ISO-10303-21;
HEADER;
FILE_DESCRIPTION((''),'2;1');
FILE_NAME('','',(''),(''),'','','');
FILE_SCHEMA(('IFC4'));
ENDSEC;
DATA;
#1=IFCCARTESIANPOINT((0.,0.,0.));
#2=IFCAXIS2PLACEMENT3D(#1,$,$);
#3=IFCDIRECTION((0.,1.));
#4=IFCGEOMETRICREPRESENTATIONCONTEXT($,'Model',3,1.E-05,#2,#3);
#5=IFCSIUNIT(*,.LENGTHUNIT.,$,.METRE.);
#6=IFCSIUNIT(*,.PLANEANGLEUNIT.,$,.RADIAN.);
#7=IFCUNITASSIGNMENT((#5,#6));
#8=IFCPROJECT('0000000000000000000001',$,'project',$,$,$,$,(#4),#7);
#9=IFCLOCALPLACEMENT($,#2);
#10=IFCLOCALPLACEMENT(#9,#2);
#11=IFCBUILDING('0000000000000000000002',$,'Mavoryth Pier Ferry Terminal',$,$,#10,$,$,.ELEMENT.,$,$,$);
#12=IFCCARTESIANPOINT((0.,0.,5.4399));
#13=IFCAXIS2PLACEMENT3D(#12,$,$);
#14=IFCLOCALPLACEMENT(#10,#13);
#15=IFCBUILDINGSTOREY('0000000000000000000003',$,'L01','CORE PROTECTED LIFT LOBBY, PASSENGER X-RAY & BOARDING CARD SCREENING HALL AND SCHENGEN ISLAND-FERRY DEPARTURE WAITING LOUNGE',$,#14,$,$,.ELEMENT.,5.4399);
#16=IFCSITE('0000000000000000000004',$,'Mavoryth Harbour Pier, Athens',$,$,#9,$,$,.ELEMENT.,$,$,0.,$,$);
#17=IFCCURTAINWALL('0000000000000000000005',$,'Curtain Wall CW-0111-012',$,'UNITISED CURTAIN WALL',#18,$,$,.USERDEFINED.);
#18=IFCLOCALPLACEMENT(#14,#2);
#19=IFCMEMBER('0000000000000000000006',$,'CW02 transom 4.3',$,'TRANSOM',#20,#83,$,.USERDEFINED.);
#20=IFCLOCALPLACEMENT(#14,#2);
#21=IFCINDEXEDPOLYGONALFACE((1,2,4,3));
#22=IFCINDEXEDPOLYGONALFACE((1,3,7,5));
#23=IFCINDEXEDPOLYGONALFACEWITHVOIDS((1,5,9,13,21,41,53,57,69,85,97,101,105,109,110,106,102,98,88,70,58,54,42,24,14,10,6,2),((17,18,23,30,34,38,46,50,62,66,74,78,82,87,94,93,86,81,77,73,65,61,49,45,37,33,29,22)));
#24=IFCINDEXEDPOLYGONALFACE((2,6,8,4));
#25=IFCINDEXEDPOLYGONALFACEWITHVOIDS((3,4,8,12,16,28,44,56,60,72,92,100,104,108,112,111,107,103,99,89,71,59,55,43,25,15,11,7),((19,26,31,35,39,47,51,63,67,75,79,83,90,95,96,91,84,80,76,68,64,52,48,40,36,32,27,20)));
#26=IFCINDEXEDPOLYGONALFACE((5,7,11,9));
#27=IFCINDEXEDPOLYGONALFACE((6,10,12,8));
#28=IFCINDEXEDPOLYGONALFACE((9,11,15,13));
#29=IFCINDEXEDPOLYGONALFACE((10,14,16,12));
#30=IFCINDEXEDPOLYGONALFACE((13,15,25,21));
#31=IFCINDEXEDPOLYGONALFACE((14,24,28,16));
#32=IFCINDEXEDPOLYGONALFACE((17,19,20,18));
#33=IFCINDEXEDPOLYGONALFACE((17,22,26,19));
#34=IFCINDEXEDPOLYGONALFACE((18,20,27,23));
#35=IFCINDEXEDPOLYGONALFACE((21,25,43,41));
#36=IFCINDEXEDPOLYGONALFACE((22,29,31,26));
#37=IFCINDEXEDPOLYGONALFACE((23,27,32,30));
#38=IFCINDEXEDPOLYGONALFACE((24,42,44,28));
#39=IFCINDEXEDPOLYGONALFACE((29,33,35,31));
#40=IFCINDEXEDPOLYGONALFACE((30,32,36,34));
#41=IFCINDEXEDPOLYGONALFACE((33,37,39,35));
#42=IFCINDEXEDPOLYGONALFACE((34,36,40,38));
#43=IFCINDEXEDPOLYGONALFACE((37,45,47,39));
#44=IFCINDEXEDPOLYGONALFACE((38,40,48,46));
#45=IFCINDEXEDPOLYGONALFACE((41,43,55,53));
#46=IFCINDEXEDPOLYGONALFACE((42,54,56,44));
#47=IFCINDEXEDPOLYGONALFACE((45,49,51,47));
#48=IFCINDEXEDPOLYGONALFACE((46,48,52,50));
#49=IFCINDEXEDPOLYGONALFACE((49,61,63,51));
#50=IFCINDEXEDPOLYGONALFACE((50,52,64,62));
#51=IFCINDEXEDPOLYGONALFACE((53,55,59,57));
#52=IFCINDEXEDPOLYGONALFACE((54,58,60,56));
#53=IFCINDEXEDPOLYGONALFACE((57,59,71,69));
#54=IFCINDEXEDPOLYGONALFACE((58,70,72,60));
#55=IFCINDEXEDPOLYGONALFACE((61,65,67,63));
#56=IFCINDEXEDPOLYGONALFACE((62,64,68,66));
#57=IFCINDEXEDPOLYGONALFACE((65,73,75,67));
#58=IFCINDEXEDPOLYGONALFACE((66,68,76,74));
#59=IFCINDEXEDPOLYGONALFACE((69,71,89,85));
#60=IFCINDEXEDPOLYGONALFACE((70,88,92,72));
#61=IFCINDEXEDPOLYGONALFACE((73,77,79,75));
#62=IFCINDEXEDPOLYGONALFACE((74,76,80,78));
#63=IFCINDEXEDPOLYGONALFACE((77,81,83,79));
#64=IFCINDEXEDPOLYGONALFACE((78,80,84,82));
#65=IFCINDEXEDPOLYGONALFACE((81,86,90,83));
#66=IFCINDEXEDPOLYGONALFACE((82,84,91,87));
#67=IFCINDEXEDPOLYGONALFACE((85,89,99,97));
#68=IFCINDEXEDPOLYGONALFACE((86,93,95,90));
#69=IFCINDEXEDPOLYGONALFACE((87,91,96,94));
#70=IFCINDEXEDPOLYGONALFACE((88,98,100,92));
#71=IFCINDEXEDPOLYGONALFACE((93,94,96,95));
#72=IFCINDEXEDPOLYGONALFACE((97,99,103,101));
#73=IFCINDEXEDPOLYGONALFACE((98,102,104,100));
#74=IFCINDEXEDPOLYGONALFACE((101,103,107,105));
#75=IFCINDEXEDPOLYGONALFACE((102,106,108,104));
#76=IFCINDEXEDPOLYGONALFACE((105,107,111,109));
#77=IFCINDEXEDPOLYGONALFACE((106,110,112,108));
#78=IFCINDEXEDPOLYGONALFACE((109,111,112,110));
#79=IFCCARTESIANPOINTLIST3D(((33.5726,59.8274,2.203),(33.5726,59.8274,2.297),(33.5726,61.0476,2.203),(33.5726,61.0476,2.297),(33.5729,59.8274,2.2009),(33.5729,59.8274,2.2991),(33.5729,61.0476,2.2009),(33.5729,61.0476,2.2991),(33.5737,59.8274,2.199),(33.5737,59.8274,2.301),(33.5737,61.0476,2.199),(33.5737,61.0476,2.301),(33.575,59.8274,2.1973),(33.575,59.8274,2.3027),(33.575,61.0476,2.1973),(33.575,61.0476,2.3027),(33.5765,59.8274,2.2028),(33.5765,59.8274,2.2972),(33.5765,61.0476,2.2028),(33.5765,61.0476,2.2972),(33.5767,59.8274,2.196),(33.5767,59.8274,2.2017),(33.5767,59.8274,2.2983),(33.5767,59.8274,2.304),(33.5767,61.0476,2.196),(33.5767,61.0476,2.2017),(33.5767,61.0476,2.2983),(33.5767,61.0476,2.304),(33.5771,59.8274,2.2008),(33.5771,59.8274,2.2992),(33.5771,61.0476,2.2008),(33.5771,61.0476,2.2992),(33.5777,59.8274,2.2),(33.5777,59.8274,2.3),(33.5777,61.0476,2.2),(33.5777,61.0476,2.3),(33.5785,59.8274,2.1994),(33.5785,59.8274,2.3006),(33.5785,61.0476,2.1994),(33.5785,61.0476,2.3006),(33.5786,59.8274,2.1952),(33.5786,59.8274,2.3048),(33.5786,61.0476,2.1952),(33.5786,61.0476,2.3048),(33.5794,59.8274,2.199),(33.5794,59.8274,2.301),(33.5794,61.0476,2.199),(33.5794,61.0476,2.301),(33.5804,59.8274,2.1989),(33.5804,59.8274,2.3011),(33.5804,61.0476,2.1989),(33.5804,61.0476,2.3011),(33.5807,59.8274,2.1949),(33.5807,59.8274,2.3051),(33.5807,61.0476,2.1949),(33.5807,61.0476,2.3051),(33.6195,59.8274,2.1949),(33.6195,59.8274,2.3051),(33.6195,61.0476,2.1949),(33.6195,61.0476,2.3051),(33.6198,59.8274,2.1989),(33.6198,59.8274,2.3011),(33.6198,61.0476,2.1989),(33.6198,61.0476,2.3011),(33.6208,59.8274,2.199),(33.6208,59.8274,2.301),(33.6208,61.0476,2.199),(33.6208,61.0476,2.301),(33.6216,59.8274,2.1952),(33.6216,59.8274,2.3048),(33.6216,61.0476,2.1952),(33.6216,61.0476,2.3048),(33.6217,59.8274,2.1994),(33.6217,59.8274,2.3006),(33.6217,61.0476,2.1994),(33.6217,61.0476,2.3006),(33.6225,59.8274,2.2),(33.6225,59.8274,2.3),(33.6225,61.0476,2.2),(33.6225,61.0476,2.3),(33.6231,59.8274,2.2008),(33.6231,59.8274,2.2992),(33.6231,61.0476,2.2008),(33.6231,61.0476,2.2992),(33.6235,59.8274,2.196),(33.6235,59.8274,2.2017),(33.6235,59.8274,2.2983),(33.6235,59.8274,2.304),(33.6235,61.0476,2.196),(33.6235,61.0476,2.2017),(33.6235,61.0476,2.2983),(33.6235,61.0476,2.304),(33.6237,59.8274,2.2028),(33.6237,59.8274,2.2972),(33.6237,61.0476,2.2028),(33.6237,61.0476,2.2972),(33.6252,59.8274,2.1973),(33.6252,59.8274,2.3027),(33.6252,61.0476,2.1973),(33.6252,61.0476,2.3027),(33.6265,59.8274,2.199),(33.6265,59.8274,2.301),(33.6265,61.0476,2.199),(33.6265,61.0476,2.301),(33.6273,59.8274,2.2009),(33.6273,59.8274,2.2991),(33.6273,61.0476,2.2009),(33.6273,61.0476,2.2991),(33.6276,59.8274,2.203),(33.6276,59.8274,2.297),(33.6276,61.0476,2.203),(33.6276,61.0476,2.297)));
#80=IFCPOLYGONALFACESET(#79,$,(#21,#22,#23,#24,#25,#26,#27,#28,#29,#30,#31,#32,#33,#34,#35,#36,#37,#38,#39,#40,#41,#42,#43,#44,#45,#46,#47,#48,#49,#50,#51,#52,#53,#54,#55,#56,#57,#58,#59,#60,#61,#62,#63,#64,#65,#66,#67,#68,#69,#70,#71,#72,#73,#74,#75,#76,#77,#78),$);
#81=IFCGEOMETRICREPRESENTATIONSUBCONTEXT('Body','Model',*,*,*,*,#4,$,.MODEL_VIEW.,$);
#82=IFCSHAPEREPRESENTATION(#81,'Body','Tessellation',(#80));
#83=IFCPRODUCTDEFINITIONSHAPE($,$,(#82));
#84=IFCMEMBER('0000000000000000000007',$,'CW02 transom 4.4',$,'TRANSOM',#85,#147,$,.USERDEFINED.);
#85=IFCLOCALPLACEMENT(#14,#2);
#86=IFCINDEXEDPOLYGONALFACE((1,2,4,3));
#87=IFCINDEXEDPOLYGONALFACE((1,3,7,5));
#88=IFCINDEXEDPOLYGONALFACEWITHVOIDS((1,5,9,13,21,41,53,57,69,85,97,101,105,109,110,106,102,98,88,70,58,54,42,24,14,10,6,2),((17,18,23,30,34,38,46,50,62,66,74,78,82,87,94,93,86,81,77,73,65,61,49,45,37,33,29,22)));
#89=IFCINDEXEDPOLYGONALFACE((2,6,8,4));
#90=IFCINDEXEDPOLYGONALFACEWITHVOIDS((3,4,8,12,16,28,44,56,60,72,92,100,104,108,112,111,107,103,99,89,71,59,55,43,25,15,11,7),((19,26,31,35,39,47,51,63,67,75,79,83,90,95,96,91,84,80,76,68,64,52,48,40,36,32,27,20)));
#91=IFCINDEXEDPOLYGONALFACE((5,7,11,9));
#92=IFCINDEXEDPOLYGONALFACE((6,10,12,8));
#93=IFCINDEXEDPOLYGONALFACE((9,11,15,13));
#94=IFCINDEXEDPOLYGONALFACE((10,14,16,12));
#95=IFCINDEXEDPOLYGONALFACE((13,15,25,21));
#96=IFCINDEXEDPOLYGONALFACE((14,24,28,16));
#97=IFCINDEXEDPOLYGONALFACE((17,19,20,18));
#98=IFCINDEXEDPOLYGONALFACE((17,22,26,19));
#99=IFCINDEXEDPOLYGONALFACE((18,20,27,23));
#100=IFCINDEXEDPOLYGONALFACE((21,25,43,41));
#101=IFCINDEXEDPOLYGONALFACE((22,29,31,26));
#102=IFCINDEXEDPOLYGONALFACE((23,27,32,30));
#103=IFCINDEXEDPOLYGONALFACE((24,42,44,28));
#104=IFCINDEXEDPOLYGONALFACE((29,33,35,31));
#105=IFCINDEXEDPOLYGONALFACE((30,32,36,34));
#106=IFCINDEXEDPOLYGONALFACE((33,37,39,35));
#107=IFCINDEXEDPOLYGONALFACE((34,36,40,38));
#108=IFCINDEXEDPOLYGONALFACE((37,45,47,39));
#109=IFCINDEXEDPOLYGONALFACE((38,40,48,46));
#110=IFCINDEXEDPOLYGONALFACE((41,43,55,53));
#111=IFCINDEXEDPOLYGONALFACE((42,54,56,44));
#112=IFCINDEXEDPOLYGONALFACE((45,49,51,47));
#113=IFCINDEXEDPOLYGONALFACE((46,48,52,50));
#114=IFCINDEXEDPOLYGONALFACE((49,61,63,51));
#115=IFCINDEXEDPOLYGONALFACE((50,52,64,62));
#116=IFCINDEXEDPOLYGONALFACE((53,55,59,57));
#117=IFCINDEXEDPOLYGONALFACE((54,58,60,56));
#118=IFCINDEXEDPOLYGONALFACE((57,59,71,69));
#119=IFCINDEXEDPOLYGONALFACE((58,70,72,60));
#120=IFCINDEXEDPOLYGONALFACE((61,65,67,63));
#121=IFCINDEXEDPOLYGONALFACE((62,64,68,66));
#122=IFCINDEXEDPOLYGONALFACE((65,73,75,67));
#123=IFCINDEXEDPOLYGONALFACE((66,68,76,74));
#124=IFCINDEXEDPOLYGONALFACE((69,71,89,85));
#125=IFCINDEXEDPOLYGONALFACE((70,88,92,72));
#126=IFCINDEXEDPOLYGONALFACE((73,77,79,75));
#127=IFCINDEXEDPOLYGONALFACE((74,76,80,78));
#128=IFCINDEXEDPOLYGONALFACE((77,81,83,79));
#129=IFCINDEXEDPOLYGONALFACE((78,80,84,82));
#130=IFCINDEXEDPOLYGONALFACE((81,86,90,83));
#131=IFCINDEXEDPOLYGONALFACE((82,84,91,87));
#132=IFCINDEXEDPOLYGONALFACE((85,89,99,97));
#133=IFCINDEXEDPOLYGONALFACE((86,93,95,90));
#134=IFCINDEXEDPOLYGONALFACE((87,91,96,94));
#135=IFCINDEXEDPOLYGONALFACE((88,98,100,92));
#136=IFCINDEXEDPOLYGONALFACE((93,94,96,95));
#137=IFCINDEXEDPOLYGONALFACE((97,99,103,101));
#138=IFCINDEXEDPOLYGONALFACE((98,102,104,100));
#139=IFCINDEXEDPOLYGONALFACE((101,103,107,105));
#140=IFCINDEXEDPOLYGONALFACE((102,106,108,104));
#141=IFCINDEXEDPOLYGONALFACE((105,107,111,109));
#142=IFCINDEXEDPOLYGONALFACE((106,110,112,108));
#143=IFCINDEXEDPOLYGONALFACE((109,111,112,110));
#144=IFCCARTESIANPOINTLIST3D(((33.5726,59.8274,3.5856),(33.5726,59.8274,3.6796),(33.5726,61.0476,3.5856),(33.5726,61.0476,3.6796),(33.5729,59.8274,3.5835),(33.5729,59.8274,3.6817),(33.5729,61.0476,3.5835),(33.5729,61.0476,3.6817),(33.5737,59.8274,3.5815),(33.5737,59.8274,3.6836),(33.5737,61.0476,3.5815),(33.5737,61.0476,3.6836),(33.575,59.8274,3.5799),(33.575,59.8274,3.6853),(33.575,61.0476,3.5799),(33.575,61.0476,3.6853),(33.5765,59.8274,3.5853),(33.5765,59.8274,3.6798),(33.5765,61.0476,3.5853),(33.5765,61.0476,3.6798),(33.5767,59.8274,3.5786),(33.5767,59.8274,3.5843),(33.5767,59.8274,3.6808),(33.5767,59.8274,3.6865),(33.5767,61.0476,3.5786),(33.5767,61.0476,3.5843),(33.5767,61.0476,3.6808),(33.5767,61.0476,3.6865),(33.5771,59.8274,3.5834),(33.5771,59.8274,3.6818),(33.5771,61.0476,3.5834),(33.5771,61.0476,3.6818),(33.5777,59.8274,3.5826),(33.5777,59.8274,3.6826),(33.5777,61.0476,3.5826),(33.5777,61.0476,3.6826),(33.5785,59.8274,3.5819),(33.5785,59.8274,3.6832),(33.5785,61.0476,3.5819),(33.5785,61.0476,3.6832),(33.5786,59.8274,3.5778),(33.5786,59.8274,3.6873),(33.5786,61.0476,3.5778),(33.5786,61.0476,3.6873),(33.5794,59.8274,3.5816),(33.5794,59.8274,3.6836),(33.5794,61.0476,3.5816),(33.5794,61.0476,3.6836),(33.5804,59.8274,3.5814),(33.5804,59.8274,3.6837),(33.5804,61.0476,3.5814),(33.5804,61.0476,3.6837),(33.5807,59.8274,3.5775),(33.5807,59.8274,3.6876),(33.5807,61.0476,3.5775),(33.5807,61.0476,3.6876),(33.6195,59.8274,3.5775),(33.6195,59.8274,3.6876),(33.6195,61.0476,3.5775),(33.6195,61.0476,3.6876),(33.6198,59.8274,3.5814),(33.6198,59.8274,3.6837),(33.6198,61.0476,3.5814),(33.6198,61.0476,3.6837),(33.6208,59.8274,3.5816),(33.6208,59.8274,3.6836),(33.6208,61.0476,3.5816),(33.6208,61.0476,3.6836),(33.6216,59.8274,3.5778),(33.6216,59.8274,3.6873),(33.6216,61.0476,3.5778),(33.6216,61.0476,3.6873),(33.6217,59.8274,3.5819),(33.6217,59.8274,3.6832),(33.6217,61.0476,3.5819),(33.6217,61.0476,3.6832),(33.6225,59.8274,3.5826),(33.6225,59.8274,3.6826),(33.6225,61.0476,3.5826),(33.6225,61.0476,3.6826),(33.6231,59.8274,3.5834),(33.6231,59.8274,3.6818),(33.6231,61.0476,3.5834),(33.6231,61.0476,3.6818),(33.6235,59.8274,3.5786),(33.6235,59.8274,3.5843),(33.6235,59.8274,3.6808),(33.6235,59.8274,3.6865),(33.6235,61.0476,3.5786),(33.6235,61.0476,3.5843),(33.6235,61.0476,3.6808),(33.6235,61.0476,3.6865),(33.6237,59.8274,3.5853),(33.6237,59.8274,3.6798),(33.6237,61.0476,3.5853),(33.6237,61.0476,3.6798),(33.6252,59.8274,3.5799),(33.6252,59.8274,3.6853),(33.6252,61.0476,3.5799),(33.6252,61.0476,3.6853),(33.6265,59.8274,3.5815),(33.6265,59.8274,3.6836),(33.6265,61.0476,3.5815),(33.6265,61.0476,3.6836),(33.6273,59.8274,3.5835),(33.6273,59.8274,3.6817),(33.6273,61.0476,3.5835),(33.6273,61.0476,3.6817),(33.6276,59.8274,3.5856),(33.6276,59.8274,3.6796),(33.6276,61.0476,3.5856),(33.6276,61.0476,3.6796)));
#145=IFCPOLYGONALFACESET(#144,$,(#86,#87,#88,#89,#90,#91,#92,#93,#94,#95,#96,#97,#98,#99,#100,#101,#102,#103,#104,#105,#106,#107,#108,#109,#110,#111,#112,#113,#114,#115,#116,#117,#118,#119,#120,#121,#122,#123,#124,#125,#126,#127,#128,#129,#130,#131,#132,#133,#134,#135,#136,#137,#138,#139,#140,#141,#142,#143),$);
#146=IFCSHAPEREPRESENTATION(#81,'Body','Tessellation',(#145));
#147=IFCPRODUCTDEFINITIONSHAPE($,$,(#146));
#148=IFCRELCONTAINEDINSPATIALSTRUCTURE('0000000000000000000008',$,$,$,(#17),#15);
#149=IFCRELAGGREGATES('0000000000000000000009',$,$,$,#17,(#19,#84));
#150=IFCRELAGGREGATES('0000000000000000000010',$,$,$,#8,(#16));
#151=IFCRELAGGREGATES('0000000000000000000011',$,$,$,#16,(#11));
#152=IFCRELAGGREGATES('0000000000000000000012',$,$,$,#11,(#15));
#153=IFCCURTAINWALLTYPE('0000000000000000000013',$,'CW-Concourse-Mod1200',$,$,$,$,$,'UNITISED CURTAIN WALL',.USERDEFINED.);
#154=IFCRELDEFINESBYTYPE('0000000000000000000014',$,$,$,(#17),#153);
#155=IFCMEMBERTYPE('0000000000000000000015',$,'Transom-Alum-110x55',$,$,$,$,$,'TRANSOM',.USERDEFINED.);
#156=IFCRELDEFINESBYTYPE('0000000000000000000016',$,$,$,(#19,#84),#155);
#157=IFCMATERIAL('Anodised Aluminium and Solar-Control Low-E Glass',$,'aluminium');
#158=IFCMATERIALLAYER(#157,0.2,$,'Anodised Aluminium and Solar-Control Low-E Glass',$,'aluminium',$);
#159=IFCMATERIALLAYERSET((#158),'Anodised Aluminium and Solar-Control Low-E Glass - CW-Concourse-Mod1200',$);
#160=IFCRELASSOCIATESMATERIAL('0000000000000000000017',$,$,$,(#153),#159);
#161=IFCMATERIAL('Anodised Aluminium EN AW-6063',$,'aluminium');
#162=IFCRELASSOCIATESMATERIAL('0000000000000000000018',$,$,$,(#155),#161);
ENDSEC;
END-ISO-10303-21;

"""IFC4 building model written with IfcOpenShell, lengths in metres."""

from ifc_helpers import new_model, si_unit, direction, frame, origin, origin_2d, place, context, subcontext, project, spatial, hollow_rectangle, extrude, material, layer, layer_set, material_profile, profile_set, type_object, element, aggregate, save


model = new_model("IFC4")

# Units and contexts
model_context = context("Model", 3, precision=1e-05, world=origin(), true_north=direction((0.0, 1.0)))
body_context = subcontext(model_context, "Body", "Model", "MODEL_VIEW")
ifc_project = project(units=[si_unit("LENGTHUNIT", "METRE"), si_unit("PLANEANGLEUNIT", "RADIAN")], contexts=[model_context])

# Site, building, storey
site_placement = place(None, origin())
site = spatial("IfcSite", under=ifc_project, at=site_placement, Name="Mavoryth Harbour Pier, Athens", CompositionType="ELEMENT", RefElevation=0.0)
building_placement = place(site_placement, origin())
building = spatial("IfcBuilding", under=site, at=building_placement, Name="Mavoryth Pier Ferry Terminal", CompositionType="ELEMENT")
storey_placement = place(building_placement, frame((0.0, 0.0, 5.4399)))
storey = spatial("IfcBuildingStorey", under=building, at=storey_placement, Name="L01", Description="CORE PROTECTED LIFT LOBBY, PASSENGER X-RAY & BOARDING CARD SCREENING HALL AND SCHENGEN ISLAND-FERRY DEPARTURE WAITING LOUNGE", CompositionType="ELEMENT", Elevation=5.4399)

# Curtain wall, members
ifc_material_1 = material(Name="Anodised Aluminium and Solar-Control Low-E Glass", Category="aluminium")
ifc_layer_1 = layer(ifc_material_1, 0.2, Name="Anodised Aluminium and Solar-Control Low-E Glass", Category="aluminium")
ifc_layer_set_1 = layer_set([ifc_layer_1], Name="Anodised Aluminium and Solar-Control Low-E Glass - CW-Concourse-Mod1200")
curtain_wall_type = type_object("IfcCurtainWallType", Name="CW-Concourse-Mod1200", ElementType="UNITISED CURTAIN WALL", PredefinedType="USERDEFINED", material=ifc_layer_set_1)
curtain_wall_placement = place(storey_placement, origin())
curtain_wall = element("IfcCurtainWall", 1, at=curtain_wall_placement, inside=storey, type_object=curtain_wall_type, Name="Curtain Wall CW-0111-012", ObjectType="UNITISED CURTAIN WALL", PredefinedType="USERDEFINED")
ifc_material_2 = material(Name="Anodised Aluminium EN AW-6063", Category="aluminium")
ifc_material_profile_1 = material_profile(ifc_material_2, hollow_rectangle(XDim=0.0549, YDim=0.1101, WallThickness=0.0039, InnerFilletRadius=0.0039, OuterFilletRadius=0.0081, at=origin_2d()), Name="AL-TRAN 110x55x4", Category="aluminium")
ifc_profile_set_1 = profile_set([ifc_material_profile_1], Name="Anodised Aluminium EN AW-6063 - AL-TRAN 110x55x4")
member_type_1 = type_object("IfcMemberType", Name="Transom-Alum-110x55", ElementType="TRANSOM", PredefinedType="USERDEFINED", material=ifc_profile_set_1)
member_1_placement = place(storey_placement, frame((33.6001, 59.8274, 2.25), z_axis=(0.0, 1.0, 0.0), x_axis=(-1.0, 0.0, 0.0)))
member_1 = element("IfcMember", 2, at=member_1_placement, type_object=member_type_1, Name="CW02 transom 4.3", ObjectType="TRANSOM", PredefinedType="USERDEFINED", context=body_context, shape_type="SweptSolid", body=[
    extrude(hollow_rectangle(XDim=0.0549, YDim=0.1101, WallThickness=0.0039, InnerFilletRadius=0.0039, OuterFilletRadius=0.0081, at=origin_2d()), origin(), (0.0, 0.0, 1.0), 1.2202),
])
member_2_placement = place(storey_placement, frame((33.6001, 59.8274, 3.6326), z_axis=(0.0, 1.0, 0.0), x_axis=(-1.0, 0.0, 0.0)))
member_2 = element("IfcMember", 3, at=member_2_placement, type_object=member_type_1, Name="CW02 transom 4.4", ObjectType="TRANSOM", PredefinedType="USERDEFINED", context=body_context, shape_type="SweptSolid", body=[
    extrude(hollow_rectangle(XDim=0.0549, YDim=0.1101, WallThickness=0.0039, InnerFilletRadius=0.0039, OuterFilletRadius=0.0081, at=origin_2d()), origin(), (0.0, 0.0, 1.0), 1.2202),
])
aggregate(curtain_wall, [member_1, member_2])

save(model, "model.ifc")
